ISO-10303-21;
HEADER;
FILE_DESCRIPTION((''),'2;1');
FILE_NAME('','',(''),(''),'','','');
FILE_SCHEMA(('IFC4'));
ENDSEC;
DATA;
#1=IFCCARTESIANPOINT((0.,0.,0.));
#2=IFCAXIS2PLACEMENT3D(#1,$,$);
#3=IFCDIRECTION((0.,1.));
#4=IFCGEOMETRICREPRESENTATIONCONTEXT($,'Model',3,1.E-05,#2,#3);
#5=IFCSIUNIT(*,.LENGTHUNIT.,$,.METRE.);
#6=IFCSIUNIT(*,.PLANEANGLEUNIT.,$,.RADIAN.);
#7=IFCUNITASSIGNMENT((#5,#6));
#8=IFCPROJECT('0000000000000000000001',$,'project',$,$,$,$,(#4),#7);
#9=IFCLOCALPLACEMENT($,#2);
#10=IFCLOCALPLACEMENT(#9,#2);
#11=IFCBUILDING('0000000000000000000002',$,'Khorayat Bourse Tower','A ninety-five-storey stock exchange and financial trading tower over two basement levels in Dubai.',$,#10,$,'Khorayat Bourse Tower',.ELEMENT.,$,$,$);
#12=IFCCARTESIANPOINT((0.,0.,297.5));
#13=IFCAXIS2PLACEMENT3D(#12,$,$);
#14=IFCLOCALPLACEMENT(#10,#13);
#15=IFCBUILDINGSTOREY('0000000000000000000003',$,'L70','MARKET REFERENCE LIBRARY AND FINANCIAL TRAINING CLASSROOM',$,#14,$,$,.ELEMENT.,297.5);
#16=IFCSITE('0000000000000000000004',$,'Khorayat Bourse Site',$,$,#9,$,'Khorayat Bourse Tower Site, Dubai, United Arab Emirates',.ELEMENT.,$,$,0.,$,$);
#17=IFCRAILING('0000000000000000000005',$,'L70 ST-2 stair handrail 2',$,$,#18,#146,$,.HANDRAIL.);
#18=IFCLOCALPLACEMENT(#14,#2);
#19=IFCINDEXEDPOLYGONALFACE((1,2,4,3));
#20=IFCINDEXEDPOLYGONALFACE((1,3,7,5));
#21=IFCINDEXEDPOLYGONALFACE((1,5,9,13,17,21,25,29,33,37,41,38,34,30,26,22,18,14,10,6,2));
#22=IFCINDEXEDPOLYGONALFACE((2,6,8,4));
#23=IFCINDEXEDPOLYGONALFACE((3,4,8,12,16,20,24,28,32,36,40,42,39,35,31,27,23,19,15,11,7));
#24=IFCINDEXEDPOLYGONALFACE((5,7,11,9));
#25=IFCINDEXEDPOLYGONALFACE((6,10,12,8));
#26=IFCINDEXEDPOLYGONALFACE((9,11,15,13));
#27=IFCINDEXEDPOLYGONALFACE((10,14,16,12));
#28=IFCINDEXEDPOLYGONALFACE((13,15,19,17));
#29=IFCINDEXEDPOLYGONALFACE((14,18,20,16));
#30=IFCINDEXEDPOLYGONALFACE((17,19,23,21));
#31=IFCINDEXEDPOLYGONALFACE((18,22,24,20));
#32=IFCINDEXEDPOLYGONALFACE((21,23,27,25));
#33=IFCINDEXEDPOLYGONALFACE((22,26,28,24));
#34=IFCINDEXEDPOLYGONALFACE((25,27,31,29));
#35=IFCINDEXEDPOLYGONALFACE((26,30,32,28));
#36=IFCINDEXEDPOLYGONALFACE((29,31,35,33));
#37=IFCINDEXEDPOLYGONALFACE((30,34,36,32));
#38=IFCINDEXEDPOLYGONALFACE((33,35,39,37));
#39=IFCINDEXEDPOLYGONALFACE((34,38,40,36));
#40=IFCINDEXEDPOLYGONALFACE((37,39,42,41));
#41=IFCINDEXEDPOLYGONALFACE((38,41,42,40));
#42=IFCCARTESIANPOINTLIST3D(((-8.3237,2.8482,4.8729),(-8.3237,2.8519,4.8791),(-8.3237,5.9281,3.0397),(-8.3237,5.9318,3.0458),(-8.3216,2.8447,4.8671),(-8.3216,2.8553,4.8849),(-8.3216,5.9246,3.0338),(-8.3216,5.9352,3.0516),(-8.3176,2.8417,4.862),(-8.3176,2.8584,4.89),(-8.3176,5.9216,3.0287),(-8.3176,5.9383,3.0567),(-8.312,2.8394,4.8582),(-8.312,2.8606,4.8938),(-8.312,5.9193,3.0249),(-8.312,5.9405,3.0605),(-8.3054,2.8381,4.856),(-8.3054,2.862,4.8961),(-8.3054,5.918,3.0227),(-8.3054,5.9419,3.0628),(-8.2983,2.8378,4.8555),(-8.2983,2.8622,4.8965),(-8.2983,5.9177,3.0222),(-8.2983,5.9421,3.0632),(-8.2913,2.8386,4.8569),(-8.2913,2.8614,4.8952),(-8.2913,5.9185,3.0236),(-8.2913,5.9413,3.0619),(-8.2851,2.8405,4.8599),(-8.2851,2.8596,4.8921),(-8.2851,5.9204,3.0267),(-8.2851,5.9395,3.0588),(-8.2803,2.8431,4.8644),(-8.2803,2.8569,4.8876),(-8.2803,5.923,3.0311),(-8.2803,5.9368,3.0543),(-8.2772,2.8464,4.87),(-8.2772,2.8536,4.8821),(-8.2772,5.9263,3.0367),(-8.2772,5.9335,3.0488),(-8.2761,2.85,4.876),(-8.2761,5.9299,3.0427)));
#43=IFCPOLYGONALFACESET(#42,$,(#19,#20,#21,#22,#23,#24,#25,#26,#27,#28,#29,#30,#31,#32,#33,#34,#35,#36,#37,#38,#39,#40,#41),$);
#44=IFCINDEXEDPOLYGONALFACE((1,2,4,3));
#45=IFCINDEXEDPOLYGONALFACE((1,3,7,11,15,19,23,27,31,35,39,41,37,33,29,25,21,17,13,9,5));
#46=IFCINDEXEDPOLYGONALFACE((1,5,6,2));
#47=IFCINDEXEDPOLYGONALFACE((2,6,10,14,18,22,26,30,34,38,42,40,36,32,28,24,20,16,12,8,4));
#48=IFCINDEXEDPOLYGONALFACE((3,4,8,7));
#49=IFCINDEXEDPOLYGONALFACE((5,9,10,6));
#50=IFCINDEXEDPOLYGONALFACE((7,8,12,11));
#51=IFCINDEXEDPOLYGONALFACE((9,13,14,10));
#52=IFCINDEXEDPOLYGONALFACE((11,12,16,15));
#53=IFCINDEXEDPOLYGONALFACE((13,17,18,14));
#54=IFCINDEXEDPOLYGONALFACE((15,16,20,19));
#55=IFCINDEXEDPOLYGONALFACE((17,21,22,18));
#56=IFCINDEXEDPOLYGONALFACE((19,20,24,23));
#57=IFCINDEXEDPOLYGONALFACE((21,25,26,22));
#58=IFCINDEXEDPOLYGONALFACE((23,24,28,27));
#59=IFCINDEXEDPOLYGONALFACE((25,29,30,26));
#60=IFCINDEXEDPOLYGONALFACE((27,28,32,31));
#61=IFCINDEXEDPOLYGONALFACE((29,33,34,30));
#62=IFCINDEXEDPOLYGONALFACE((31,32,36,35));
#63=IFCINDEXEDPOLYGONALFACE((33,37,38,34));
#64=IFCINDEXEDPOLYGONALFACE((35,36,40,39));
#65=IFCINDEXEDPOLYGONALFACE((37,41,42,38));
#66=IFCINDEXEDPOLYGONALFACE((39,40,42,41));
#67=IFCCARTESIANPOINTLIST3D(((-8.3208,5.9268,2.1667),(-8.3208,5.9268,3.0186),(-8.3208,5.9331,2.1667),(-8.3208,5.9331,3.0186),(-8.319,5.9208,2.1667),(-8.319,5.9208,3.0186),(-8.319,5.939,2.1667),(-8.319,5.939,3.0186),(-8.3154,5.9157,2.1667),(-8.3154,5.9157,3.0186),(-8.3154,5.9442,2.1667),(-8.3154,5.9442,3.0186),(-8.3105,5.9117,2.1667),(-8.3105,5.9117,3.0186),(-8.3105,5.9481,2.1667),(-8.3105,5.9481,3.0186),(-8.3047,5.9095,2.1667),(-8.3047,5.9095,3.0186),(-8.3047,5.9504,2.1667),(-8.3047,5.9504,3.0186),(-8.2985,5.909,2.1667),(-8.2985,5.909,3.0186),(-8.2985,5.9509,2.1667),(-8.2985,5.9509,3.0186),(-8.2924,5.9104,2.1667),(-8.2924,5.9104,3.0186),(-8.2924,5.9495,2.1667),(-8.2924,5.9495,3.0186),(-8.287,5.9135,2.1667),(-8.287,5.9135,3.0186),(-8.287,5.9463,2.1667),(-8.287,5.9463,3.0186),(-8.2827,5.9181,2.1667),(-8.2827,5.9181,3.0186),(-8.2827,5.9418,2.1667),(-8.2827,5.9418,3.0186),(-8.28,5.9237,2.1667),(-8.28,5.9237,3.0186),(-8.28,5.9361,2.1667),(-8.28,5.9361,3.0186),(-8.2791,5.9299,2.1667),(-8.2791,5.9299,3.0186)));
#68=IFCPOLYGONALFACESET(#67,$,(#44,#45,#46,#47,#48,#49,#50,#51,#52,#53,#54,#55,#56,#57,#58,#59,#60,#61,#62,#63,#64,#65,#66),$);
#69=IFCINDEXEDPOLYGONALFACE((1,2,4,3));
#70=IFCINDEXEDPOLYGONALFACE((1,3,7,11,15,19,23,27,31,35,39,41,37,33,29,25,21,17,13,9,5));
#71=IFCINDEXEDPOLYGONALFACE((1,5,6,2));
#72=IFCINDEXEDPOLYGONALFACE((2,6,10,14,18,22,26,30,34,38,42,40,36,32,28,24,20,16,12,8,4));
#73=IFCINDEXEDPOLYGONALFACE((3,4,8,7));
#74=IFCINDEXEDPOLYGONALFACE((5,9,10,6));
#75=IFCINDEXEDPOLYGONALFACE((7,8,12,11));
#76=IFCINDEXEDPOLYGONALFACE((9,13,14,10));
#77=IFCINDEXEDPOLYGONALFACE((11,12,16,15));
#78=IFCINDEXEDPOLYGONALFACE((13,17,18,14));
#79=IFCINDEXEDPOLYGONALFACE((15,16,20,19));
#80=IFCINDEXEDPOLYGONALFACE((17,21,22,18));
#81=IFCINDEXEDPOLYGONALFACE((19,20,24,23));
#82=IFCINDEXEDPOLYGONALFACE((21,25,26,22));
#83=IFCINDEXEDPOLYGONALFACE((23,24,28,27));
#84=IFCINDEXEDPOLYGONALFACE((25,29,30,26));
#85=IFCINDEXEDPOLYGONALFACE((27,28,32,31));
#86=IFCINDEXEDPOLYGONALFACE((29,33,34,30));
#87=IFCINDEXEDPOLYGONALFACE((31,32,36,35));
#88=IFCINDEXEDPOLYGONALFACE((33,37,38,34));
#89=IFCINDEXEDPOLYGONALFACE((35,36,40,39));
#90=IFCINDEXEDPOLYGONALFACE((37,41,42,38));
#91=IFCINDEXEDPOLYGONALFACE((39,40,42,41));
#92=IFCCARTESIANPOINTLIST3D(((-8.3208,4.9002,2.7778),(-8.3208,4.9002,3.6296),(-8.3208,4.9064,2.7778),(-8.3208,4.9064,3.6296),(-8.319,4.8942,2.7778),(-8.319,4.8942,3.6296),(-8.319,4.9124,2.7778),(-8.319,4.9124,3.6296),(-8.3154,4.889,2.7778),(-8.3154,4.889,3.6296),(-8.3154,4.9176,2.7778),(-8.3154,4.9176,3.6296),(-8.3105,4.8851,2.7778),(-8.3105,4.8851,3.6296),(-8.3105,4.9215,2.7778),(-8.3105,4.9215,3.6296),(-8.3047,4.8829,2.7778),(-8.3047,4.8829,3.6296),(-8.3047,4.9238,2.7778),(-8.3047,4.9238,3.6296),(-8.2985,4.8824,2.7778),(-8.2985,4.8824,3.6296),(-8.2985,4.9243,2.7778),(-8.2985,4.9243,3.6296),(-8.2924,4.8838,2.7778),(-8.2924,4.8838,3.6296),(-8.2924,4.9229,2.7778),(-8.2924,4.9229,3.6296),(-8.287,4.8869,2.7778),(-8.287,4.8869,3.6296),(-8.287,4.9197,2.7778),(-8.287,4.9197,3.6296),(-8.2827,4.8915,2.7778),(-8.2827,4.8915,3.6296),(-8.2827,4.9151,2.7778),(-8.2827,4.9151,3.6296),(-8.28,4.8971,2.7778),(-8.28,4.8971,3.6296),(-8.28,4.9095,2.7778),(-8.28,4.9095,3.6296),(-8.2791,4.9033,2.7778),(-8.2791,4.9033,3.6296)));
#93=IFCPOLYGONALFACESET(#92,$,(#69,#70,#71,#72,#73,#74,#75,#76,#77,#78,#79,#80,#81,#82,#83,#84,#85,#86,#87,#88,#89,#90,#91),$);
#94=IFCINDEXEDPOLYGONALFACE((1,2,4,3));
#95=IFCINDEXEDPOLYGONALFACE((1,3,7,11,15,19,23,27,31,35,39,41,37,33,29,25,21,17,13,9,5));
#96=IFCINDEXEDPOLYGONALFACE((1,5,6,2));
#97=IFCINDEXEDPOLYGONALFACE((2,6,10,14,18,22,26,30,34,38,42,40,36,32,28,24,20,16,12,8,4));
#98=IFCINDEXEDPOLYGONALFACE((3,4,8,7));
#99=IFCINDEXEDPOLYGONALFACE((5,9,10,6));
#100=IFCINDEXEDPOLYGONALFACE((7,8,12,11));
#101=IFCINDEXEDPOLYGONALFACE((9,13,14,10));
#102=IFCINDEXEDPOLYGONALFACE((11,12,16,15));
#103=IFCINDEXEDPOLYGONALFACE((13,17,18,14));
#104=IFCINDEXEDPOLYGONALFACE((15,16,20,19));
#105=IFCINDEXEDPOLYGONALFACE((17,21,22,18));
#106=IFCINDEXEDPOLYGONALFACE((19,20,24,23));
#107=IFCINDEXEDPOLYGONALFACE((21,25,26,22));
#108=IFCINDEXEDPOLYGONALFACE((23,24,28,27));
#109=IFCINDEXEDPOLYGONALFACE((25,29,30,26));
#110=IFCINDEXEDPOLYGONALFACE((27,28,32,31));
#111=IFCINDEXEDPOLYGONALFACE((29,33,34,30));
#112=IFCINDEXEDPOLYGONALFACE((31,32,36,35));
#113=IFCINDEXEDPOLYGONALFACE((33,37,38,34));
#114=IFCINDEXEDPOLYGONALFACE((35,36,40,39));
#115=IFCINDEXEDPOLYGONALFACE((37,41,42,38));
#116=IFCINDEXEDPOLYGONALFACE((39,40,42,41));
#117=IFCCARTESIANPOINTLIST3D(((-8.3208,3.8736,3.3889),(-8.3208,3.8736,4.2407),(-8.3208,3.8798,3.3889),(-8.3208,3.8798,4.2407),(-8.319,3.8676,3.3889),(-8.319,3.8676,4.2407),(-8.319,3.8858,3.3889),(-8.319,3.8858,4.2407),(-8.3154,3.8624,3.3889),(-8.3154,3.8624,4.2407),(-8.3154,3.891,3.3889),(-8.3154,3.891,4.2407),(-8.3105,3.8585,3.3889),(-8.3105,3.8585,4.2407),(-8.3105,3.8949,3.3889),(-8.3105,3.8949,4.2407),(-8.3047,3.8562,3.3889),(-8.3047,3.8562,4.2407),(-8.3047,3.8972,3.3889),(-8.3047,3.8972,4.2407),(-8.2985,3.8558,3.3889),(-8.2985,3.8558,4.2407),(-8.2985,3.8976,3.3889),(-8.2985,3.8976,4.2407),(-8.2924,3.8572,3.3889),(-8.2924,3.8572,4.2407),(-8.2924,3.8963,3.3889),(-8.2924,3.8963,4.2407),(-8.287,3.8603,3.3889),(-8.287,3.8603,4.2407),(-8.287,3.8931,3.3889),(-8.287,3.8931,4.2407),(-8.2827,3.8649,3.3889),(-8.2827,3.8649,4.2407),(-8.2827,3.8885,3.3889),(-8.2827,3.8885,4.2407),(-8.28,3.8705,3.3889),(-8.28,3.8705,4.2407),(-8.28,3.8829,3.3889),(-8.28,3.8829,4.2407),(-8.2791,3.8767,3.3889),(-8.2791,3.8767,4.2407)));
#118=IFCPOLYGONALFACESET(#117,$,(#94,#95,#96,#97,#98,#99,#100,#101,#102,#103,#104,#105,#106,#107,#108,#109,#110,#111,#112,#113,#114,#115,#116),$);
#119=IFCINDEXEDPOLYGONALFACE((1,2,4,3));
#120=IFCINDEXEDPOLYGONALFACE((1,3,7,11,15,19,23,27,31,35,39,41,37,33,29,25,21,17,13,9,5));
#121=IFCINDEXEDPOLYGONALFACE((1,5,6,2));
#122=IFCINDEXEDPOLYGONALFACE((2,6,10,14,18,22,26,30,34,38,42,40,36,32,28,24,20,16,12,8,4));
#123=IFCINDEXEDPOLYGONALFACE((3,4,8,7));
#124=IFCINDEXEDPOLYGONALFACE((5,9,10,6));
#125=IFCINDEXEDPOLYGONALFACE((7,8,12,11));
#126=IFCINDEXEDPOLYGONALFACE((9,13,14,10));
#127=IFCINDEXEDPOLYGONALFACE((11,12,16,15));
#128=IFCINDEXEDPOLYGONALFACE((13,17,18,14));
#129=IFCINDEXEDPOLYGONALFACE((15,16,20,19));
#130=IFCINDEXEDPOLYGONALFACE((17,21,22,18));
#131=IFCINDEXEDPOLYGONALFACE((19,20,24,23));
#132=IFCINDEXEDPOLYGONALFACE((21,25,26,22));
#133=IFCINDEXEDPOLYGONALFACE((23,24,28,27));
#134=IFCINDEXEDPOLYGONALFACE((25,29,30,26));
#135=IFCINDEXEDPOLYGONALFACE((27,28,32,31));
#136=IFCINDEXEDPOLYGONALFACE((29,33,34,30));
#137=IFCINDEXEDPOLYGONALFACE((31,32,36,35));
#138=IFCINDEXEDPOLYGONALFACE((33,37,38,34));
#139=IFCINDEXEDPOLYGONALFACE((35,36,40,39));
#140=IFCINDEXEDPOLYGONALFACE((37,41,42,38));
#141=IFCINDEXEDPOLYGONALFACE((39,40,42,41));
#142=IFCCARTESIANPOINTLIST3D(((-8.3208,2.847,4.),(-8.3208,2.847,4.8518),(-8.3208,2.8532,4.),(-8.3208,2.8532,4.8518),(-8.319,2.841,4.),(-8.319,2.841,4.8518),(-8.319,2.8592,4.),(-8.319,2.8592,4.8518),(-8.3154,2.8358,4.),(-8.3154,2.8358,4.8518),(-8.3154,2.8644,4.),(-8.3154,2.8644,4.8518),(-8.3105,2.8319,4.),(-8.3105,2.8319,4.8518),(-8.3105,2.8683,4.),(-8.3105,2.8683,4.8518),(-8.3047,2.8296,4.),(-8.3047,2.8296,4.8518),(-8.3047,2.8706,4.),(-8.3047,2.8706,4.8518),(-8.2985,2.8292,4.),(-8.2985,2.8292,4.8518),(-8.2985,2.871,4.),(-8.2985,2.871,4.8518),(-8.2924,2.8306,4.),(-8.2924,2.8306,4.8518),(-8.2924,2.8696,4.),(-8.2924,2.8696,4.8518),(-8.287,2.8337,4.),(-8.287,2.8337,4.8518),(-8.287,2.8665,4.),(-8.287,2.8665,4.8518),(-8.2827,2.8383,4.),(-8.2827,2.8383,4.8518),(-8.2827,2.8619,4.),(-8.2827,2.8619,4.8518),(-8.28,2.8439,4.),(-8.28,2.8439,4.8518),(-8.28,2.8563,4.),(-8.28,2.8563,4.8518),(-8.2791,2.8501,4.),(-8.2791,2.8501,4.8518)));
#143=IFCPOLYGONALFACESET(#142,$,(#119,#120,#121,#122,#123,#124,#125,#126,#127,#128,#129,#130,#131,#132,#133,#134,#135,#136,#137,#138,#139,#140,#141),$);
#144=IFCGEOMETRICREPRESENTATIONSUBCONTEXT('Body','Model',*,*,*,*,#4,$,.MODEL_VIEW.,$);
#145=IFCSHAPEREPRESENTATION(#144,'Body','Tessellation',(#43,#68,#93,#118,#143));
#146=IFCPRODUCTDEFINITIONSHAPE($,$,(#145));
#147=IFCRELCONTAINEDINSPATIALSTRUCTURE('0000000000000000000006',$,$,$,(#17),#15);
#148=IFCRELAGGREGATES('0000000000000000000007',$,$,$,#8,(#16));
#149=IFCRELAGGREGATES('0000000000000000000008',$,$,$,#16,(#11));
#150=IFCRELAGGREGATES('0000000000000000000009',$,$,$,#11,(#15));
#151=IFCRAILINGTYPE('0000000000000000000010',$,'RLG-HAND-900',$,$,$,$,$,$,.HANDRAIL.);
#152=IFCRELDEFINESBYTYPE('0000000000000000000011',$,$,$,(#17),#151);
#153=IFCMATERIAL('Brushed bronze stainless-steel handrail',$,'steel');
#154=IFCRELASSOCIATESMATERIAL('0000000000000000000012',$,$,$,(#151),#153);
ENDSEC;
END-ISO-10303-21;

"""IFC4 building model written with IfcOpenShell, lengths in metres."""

from ifc_helpers import new_model, si_unit, direction, frame, origin, origin_2d, place, context, subcontext, project, spatial, circle, extrude, source, transform, mapped, material, type_object, element, save


model = new_model("IFC4")

# Units and contexts
model_context = context("Model", 3, precision=1e-05, world=origin(), true_north=direction((0.0, 1.0)))
body_context = subcontext(model_context, "Body", "Model", "MODEL_VIEW")
ifc_project = project(units=[si_unit("LENGTHUNIT", "METRE"), si_unit("PLANEANGLEUNIT", "RADIAN")], contexts=[model_context])

# Site, building, storey
site_placement = place(None, origin())
site = spatial("IfcSite", under=ifc_project, at=site_placement, Name="Khorayat Bourse Site", LongName="Khorayat Bourse Tower Site, Dubai, United Arab Emirates", CompositionType="ELEMENT", RefElevation=0.0)
building_placement = place(site_placement, origin())
building = spatial("IfcBuilding", under=site, at=building_placement, Name="Khorayat Bourse Tower", Description="A ninety-five-storey stock exchange and financial trading tower over two basement levels in Dubai.", LongName="Khorayat Bourse Tower", CompositionType="ELEMENT")
storey_placement = place(building_placement, frame((0.0, 0.0, 297.5)))
storey = spatial("IfcBuildingStorey", under=building, at=storey_placement, Name="L70", Description="MARKET REFERENCE LIBRARY AND FINANCIAL TRAINING CLASSROOM", CompositionType="ELEMENT", Elevation=297.5)

# Railing
ifc_material_1 = material(Name="Brushed bronze stainless-steel handrail", Category="steel")
railing_type_1 = type_object("IfcRailingType", Name="RLG-HAND-900", PredefinedType="HANDRAIL", material=ifc_material_1)
shared_shape_1 = source(origin(), body_context, "Body", "SweptSolid", [
    extrude(circle(Radius=0.0239, at=origin_2d()), frame((0.0, 0.0, 0.876), z_axis=(0.0, -0.859291, 0.511487), x_axis=(1.0, 0.0, 0.0)), (0.0, 0.0, 1.0), 3.5842),
    extrude(circle(Radius=0.021, at=origin_2d()), origin(), (0.0, 0.0, 1.0), 0.8518),
    extrude(circle(Radius=0.021, at=origin_2d()), frame((0.0, -1.0266, 0.6111)), (0.0, 0.0, 1.0), 0.8518),
    extrude(circle(Radius=0.021, at=origin_2d()), frame((0.0, -2.0532, 1.2222)), (0.0, 0.0, 1.0), 0.8518),
    extrude(circle(Radius=0.021, at=origin_2d()), frame((0.0, -3.0798, 1.8333)), (0.0, 0.0, 1.0), 0.8518),
])
railing_1_placement = place(storey_placement, frame((-8.3, 5.9299, 2.1667)))
element("IfcRailing", 1, at=railing_1_placement, inside=storey, type_object=railing_type_1, Name="L70 ST-2 stair handrail 2", PredefinedType="HANDRAIL", context=body_context, shape_type="MappedRepresentation", body=[
    mapped(shared_shape_1, transform((0.0, 0.0, 0.0), scale=1.0)),
])

save(model, "model.ifc")
